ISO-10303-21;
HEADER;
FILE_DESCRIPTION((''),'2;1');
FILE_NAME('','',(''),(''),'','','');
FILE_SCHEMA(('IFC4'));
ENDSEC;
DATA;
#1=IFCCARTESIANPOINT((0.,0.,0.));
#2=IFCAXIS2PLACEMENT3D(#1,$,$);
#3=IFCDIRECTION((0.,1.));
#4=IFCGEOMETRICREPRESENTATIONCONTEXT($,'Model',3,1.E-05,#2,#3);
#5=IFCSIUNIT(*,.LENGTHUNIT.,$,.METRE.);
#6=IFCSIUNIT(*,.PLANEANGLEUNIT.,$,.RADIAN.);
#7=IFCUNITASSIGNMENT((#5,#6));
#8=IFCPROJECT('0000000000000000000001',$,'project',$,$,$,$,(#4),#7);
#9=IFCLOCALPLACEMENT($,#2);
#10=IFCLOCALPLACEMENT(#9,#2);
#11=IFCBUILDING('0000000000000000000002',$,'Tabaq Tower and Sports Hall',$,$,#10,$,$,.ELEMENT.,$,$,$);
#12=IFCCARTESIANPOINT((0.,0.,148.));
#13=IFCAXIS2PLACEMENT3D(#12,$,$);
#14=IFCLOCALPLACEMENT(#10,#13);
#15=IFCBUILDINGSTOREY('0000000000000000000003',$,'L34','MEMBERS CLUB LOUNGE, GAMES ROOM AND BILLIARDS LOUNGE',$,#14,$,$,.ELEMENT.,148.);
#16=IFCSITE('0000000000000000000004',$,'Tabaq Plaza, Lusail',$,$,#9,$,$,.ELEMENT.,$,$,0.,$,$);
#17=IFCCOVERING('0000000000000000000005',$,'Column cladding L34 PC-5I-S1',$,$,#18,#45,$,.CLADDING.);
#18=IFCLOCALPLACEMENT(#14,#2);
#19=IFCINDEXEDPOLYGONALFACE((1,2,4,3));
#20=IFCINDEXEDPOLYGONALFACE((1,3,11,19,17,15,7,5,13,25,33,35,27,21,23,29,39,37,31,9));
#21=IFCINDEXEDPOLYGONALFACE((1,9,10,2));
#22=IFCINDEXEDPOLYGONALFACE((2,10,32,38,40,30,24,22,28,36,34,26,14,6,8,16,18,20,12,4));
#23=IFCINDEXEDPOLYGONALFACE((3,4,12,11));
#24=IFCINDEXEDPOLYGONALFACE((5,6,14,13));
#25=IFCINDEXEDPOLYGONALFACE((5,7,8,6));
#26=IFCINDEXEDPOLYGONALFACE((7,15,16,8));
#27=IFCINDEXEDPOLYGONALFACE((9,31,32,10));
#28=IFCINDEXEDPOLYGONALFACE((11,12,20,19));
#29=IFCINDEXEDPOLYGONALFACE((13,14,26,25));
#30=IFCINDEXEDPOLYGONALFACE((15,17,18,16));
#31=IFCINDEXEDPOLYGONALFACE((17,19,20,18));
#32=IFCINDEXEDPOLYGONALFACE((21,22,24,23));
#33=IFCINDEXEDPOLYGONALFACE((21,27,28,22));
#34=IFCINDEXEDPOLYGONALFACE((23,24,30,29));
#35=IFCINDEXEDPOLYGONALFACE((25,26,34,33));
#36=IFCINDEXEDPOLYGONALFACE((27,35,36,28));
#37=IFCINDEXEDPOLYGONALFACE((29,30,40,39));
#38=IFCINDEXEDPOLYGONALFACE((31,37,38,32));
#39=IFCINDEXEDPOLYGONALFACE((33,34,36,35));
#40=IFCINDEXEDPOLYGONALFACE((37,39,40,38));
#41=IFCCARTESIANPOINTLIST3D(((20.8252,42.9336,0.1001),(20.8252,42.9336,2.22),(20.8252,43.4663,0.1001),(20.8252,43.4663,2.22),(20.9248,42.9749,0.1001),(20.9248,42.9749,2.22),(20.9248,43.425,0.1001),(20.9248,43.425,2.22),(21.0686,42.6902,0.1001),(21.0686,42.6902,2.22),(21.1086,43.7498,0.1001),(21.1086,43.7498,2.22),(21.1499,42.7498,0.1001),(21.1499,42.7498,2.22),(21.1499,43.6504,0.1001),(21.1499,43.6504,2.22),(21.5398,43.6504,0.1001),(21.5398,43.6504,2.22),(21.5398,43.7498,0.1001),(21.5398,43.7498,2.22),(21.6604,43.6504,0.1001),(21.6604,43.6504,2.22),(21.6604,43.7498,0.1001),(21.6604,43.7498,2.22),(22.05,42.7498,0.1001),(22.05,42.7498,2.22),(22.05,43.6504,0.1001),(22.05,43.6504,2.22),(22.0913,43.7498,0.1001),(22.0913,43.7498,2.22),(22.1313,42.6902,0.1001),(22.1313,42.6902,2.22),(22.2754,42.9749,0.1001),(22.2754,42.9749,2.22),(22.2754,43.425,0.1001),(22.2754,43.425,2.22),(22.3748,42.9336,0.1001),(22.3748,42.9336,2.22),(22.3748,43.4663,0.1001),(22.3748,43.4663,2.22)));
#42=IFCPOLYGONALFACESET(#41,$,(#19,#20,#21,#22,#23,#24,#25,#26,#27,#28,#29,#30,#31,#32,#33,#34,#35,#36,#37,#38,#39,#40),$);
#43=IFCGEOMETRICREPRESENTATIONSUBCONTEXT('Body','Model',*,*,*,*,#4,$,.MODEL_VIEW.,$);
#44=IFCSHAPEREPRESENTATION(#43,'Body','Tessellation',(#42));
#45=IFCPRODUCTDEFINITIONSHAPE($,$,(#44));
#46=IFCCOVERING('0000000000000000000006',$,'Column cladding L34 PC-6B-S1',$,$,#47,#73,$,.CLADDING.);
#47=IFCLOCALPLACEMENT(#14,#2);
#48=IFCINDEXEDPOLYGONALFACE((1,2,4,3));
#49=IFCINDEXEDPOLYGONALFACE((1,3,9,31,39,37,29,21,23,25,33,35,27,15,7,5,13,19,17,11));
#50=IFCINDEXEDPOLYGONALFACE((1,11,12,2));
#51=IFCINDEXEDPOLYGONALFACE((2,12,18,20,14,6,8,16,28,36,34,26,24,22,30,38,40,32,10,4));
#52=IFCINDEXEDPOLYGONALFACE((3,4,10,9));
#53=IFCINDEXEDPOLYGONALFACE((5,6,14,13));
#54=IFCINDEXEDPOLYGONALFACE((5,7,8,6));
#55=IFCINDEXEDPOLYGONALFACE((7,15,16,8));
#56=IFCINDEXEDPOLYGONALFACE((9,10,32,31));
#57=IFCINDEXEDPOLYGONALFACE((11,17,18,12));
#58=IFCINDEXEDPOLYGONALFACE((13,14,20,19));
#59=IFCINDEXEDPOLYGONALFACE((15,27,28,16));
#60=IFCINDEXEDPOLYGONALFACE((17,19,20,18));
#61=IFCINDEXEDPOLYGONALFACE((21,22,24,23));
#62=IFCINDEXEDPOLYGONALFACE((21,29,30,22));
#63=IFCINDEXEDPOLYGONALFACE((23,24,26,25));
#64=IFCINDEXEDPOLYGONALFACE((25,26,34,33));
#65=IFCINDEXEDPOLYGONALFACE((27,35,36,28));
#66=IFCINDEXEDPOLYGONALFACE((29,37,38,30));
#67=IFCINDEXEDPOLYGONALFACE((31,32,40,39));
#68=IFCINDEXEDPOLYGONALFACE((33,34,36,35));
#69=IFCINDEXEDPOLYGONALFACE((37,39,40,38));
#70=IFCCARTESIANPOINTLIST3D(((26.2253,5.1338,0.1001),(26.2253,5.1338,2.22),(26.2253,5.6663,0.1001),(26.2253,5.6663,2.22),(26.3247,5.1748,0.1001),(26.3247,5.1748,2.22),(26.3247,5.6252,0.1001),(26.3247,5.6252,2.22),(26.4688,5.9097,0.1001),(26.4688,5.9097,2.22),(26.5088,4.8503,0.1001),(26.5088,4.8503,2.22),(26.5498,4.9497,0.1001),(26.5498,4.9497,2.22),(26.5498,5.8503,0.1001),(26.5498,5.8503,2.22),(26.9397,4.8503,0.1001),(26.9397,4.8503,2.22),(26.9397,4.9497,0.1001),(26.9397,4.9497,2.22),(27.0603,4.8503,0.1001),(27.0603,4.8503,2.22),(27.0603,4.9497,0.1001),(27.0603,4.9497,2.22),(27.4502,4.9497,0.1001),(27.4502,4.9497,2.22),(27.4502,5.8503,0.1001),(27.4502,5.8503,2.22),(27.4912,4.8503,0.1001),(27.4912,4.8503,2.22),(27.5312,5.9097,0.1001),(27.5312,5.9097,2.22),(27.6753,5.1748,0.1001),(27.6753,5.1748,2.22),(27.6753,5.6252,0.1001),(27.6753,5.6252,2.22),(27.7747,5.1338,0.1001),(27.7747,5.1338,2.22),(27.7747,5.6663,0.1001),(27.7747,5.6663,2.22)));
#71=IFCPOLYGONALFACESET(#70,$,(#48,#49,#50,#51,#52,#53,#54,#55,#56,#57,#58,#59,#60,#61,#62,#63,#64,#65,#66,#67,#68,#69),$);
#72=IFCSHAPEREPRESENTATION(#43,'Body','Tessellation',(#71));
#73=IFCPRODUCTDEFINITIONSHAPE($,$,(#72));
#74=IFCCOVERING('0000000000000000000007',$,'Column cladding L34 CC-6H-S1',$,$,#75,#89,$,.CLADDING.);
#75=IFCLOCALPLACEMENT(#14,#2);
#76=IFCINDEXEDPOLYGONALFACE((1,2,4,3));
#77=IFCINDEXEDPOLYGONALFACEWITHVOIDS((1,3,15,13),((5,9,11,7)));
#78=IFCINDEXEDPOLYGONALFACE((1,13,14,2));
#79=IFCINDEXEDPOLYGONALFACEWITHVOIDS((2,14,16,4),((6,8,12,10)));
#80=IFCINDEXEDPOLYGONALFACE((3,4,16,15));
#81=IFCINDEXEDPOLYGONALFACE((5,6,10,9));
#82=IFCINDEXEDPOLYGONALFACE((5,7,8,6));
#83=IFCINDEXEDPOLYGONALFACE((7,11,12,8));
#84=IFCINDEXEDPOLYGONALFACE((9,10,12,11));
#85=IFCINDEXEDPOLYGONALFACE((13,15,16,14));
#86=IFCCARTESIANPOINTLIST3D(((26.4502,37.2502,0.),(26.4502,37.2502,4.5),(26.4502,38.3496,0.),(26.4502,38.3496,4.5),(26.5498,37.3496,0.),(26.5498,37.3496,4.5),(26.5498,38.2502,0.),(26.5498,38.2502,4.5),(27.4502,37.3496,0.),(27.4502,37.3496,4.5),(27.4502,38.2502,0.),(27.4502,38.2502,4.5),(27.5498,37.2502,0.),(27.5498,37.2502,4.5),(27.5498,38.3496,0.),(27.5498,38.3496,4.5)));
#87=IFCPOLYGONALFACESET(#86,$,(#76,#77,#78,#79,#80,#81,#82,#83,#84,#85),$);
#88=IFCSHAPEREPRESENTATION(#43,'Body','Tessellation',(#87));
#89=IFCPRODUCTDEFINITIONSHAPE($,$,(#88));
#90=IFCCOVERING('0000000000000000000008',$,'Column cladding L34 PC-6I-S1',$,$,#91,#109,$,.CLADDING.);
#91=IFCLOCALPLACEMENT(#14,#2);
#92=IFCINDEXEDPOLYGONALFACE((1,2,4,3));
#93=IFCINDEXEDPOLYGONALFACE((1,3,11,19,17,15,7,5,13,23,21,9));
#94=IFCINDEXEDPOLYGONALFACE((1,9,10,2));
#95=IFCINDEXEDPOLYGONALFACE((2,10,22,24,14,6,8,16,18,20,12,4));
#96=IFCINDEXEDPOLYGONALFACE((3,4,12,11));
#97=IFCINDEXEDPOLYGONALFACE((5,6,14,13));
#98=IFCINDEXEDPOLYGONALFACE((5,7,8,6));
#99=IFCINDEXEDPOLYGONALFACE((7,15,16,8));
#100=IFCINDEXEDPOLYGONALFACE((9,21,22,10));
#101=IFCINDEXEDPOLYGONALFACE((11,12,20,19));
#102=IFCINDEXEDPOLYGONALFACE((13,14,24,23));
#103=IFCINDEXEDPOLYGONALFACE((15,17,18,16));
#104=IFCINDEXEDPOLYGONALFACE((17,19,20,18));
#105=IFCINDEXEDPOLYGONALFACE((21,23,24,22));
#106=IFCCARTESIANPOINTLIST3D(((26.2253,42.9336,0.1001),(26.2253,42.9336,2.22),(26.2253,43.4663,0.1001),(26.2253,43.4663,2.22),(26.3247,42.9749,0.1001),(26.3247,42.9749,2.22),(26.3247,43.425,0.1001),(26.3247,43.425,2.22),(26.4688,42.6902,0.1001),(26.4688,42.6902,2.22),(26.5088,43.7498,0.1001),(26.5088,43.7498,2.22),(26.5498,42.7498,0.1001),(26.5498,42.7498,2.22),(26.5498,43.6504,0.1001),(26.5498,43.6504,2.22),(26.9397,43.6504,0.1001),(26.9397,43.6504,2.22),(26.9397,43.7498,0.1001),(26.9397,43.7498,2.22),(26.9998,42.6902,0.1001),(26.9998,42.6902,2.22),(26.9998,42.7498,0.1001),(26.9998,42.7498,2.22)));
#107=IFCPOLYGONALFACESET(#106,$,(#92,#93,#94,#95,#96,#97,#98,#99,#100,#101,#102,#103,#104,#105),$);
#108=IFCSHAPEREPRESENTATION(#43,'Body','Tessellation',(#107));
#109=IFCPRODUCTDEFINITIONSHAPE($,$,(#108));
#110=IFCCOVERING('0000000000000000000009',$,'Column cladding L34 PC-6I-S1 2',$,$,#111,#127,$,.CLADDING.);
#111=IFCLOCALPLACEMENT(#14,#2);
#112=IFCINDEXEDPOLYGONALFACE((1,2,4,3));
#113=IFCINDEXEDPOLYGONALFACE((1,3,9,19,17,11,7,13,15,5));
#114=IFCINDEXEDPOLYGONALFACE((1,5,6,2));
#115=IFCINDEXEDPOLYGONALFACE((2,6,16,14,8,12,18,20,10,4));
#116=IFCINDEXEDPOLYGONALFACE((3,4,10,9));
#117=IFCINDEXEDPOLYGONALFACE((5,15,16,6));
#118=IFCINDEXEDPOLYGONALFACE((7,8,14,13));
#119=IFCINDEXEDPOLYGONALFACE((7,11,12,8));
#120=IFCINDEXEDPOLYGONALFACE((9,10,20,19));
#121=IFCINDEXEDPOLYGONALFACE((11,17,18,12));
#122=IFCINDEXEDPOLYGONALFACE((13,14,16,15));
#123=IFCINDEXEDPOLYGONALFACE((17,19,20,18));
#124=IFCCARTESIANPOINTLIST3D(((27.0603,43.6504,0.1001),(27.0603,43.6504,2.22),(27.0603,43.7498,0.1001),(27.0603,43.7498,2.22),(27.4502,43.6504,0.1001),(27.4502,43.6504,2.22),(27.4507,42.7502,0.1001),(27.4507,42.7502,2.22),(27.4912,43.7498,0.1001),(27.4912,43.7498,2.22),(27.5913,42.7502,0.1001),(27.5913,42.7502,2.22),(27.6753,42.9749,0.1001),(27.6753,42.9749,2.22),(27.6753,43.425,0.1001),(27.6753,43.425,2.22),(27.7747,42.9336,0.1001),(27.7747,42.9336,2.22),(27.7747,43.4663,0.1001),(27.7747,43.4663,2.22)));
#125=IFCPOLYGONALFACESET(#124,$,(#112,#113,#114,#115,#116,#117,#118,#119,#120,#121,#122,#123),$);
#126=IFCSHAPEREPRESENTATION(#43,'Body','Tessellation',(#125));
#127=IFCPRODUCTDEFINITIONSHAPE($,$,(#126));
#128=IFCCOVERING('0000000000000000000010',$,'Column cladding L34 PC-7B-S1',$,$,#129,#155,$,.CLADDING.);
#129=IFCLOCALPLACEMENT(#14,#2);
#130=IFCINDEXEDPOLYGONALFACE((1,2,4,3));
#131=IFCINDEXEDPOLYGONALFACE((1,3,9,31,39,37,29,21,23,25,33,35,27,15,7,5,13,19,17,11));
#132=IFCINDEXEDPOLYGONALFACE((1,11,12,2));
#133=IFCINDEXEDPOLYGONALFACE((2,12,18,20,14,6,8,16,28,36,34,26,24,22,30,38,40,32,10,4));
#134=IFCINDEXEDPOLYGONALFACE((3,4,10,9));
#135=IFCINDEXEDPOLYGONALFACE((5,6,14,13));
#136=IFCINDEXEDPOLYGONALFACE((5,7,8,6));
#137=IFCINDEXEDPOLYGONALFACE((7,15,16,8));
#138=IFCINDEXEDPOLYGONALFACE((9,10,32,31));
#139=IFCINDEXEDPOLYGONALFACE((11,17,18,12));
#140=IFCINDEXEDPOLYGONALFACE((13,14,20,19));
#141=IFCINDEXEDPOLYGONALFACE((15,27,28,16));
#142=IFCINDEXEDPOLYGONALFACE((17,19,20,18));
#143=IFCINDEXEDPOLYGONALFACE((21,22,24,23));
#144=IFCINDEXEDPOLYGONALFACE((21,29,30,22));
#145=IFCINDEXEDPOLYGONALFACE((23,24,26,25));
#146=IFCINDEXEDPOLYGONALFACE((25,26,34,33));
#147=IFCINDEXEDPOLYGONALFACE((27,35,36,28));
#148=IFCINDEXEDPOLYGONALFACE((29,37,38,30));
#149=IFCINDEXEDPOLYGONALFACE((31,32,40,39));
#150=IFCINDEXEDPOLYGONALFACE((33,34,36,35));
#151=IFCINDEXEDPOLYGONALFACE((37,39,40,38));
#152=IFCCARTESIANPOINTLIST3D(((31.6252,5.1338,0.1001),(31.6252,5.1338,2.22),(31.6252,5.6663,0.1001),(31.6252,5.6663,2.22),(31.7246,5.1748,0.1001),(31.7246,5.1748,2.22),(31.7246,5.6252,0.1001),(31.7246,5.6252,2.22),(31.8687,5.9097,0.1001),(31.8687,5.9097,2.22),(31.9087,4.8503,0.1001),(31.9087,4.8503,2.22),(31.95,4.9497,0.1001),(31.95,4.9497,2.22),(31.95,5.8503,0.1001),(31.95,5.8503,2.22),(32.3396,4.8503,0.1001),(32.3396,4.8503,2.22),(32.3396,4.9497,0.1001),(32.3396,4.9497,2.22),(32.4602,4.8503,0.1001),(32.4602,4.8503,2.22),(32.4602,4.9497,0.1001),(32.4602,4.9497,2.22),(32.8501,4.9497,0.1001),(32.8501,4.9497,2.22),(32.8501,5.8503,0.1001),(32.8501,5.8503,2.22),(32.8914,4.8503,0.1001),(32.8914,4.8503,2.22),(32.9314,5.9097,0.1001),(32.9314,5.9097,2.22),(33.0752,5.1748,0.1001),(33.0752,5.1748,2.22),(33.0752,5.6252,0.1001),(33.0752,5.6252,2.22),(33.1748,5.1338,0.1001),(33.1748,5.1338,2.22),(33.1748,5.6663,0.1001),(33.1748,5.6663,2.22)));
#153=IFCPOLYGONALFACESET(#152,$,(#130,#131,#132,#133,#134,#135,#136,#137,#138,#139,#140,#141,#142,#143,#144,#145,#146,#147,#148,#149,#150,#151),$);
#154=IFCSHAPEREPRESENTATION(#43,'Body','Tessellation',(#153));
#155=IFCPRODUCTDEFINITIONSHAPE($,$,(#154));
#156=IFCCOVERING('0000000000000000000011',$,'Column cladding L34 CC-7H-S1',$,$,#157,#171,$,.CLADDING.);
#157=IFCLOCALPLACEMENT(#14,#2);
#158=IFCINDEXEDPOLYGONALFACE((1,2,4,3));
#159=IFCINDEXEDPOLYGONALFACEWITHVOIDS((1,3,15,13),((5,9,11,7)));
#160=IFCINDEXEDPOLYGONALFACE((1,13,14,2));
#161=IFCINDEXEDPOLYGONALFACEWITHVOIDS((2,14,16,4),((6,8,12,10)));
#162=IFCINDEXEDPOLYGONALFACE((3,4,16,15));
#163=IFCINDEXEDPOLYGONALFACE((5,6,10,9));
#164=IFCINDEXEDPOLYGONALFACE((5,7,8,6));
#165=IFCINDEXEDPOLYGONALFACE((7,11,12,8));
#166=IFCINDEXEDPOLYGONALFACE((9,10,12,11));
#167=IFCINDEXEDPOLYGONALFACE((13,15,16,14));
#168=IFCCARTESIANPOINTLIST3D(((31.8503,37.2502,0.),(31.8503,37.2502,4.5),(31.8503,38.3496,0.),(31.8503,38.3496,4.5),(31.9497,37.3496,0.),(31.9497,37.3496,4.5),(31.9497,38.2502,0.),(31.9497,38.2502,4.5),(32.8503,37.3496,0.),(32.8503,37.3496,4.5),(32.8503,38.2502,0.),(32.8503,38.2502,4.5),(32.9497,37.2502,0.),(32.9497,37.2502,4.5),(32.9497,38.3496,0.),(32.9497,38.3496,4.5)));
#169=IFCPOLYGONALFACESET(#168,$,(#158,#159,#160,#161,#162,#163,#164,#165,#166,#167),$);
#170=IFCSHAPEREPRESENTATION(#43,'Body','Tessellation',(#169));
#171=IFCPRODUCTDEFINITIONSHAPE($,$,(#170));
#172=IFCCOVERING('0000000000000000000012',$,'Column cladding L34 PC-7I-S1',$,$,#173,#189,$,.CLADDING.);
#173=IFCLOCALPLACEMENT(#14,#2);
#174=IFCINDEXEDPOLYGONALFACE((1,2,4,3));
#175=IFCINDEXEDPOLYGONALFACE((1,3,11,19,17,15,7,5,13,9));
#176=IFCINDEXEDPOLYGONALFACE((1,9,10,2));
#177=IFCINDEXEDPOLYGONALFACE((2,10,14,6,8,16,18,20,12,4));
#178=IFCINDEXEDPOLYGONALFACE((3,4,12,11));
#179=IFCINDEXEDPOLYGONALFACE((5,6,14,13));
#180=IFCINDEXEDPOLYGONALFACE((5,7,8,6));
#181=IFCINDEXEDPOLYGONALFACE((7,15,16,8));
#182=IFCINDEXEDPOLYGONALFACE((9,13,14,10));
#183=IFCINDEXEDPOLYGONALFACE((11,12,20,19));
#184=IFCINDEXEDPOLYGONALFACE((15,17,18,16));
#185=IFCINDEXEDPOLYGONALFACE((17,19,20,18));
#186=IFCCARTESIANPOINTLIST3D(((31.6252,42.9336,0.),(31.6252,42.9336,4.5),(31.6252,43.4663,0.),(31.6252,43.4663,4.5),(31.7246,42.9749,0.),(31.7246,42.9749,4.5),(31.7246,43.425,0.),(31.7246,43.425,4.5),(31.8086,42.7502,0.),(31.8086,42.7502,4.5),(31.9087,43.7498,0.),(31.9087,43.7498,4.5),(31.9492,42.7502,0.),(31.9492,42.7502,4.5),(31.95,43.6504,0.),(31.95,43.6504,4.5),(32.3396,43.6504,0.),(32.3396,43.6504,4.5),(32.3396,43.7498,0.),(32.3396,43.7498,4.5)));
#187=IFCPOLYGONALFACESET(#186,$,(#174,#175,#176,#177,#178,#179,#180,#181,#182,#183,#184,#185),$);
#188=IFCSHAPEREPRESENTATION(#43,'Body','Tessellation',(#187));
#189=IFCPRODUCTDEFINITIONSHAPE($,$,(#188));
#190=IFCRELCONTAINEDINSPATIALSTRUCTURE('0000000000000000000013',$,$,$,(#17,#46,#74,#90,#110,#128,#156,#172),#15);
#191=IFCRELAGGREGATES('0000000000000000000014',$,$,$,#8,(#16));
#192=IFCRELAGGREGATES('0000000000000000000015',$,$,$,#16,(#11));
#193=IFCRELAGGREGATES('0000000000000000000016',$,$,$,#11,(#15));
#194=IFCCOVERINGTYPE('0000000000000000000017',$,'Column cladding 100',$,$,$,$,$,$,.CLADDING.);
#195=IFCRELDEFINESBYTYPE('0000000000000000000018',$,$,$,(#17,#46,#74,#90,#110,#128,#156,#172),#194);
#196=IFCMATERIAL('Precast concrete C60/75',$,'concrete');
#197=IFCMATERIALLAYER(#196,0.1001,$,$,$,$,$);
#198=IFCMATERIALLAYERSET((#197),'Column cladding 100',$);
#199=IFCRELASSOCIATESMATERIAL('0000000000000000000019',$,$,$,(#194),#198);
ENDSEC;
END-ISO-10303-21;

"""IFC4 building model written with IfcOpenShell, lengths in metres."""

from ifc_helpers import new_model, si_unit, direction, frame, origin, place, context, subcontext, project, spatial, polyline, outline, extrude, material, layer, layer_set, type_object, element, save


model = new_model("IFC4")

# Units and contexts
model_context = context("Model", 3, precision=1e-05, world=origin(), true_north=direction((0.0, 1.0)))
body_context = subcontext(model_context, "Body", "Model", "MODEL_VIEW")
ifc_project = project(units=[si_unit("LENGTHUNIT", "METRE"), si_unit("PLANEANGLEUNIT", "RADIAN")], contexts=[model_context])

# Site, building, storey
site_placement = place(None, origin())
site = spatial("IfcSite", under=ifc_project, at=site_placement, Name="Tabaq Plaza, Lusail", CompositionType="ELEMENT", RefElevation=0.0)
building_placement = place(site_placement, origin())
building = spatial("IfcBuilding", under=site, at=building_placement, Name="Tabaq Tower and Sports Hall", CompositionType="ELEMENT")
storey_placement = place(building_placement, frame((0.0, 0.0, 148.0)))
storey = spatial("IfcBuildingStorey", under=building, at=storey_placement, Name="L34", Description="MEMBERS CLUB LOUNGE, GAMES ROOM AND BILLIARDS LOUNGE", CompositionType="ELEMENT", Elevation=148.0)

# Coverings
ifc_material_1 = material(Name="Precast concrete C60/75", Category="concrete")
ifc_layer_1 = layer(ifc_material_1, 0.1001)
ifc_layer_set_1 = layer_set([ifc_layer_1], Name="Column cladding 100")
covering_type = type_object("IfcCoveringType", Name="Column cladding 100", PredefinedType="CLADDING", material=ifc_layer_set_1)
covering_1_placement = place(storey_placement, frame((0.0, 0.0, 0.1001)))
element("IfcCovering", 1, at=covering_1_placement, inside=storey, type_object=covering_type, Name="Column cladding L34 PC-5I-S1", PredefinedType="CLADDING", context=body_context, shape_type="SweptSolid", body=[
    extrude(outline(polyline([(20.8252, 43.4663), (21.1086, 43.7498), (21.5398, 43.7498), (21.5398, 43.6504), (21.1499, 43.6504), (20.9248, 43.425), (20.9248, 42.9749), (21.1499, 42.7498), (22.05, 42.7498), (22.2754, 42.9749), (22.2754, 43.425), (22.05, 43.6504), (21.6604, 43.6504), (21.6604, 43.7498), (22.0913, 43.7498), (22.3748, 43.4663), (22.3748, 42.9336), (22.1313, 42.6902), (21.0686, 42.6902), (20.8252, 42.9336), (20.8252, 43.4663)])), origin(), (0.0, 0.0, 1.0), 2.1199),
])
covering_2_placement = place(storey_placement, frame((0.0, 0.0, 0.1001)))
element("IfcCovering", 2, at=covering_2_placement, inside=storey, type_object=covering_type, Name="Column cladding L34 PC-6B-S1", PredefinedType="CLADDING", context=body_context, shape_type="SweptSolid", body=[
    extrude(outline(polyline([(26.2253, 5.6663), (26.4688, 5.9097), (27.5312, 5.9097), (27.7747, 5.6663), (27.7747, 5.1338), (27.4912, 4.8503), (27.0603, 4.8503), (27.0603, 4.9497), (27.4502, 4.9497), (27.6753, 5.1748), (27.6753, 5.6252), (27.4502, 5.8503), (26.5498, 5.8503), (26.3247, 5.6252), (26.3247, 5.1748), (26.5498, 4.9497), (26.9397, 4.9497), (26.9397, 4.8503), (26.5088, 4.8503), (26.2253, 5.1338), (26.2253, 5.6663)])), origin(), (0.0, 0.0, 1.0), 2.1199),
])
covering_3_placement = place(storey_placement, origin())
element("IfcCovering", 3, at=covering_3_placement, inside=storey, type_object=covering_type, Name="Column cladding L34 CC-6H-S1", PredefinedType="CLADDING", context=body_context, shape_type="SweptSolid", body=[
    extrude(outline(polyline([(26.4502, 38.3496), (27.5498, 38.3496), (27.5498, 37.2502), (26.4502, 37.2502), (26.4502, 38.3496)]), holes=[polyline([(27.4502, 37.3496), (27.4502, 38.2502), (26.5498, 38.2502), (26.5498, 37.3496), (27.4502, 37.3496)])]), origin(), (0.0, 0.0, 1.0), 4.5),
])
covering_4_placement = place(storey_placement, frame((0.0, 0.0, 0.1001)))
element("IfcCovering", 4, at=covering_4_placement, inside=storey, type_object=covering_type, Name="Column cladding L34 PC-6I-S1", PredefinedType="CLADDING", context=body_context, shape_type="SweptSolid", body=[
    extrude(outline(polyline([(26.2253, 43.4663), (26.5088, 43.7498), (26.9397, 43.7498), (26.9397, 43.6504), (26.5498, 43.6504), (26.3247, 43.425), (26.3247, 42.9749), (26.5498, 42.7498), (26.9998, 42.7498), (26.9998, 42.6902), (26.4688, 42.6902), (26.2253, 42.9336), (26.2253, 43.4663)])), origin(), (0.0, 0.0, 1.0), 2.1199),
])
covering_5_placement = place(storey_placement, frame((0.0, 0.0, 0.1001)))
element("IfcCovering", 5, at=covering_5_placement, inside=storey, type_object=covering_type, Name="Column cladding L34 PC-6I-S1 2", PredefinedType="CLADDING", context=body_context, shape_type="SweptSolid", body=[
    extrude(outline(polyline([(27.4912, 43.7498), (27.7747, 43.4663), (27.7747, 42.9336), (27.5913, 42.7502), (27.4507, 42.7502), (27.6753, 42.9749), (27.6753, 43.425), (27.4502, 43.6504), (27.0603, 43.6504), (27.0603, 43.7498), (27.4912, 43.7498)])), origin(), (0.0, 0.0, 1.0), 2.1199),
])
covering_6_placement = place(storey_placement, frame((0.0, 0.0, 0.1001)))
element("IfcCovering", 6, at=covering_6_placement, inside=storey, type_object=covering_type, Name="Column cladding L34 PC-7B-S1", PredefinedType="CLADDING", context=body_context, shape_type="SweptSolid", body=[
    extrude(outline(polyline([(31.6252, 5.6663), (31.8687, 5.9097), (32.9314, 5.9097), (33.1748, 5.6663), (33.1748, 5.1338), (32.8914, 4.8503), (32.4602, 4.8503), (32.4602, 4.9497), (32.8501, 4.9497), (33.0752, 5.1748), (33.0752, 5.6252), (32.8501, 5.8503), (31.95, 5.8503), (31.7246, 5.6252), (31.7246, 5.1748), (31.95, 4.9497), (32.3396, 4.9497), (32.3396, 4.8503), (31.9087, 4.8503), (31.6252, 5.1338), (31.6252, 5.6663)])), origin(), (0.0, 0.0, 1.0), 2.1199),
])
covering_7_placement = place(storey_placement, origin())
element("IfcCovering", 7, at=covering_7_placement, inside=storey, type_object=covering_type, Name="Column cladding L34 CC-7H-S1", PredefinedType="CLADDING", context=body_context, shape_type="SweptSolid", body=[
    extrude(outline(polyline([(31.8503, 38.3496), (32.9497, 38.3496), (32.9497, 37.2502), (31.8503, 37.2502), (31.8503, 38.3496)]), holes=[polyline([(32.8503, 37.3496), (32.8503, 38.2502), (31.9497, 38.2502), (31.9497, 37.3496), (32.8503, 37.3496)])]), origin(), (0.0, 0.0, 1.0), 4.5),
])
covering_8_placement = place(storey_placement, origin())
element("IfcCovering", 8, at=covering_8_placement, inside=storey, type_object=covering_type, Name="Column cladding L34 PC-7I-S1", PredefinedType="CLADDING", context=body_context, shape_type="SweptSolid", body=[
    extrude(outline(polyline([(31.6252, 43.4663), (31.9087, 43.7498), (32.3396, 43.7498), (32.3396, 43.6504), (31.95, 43.6504), (31.7246, 43.425), (31.7246, 42.9749), (31.9492, 42.7502), (31.8086, 42.7502), (31.6252, 42.9336), (31.6252, 43.4663)])), origin(), (0.0, 0.0, 1.0), 4.5),
])

save(model, "model.ifc")
